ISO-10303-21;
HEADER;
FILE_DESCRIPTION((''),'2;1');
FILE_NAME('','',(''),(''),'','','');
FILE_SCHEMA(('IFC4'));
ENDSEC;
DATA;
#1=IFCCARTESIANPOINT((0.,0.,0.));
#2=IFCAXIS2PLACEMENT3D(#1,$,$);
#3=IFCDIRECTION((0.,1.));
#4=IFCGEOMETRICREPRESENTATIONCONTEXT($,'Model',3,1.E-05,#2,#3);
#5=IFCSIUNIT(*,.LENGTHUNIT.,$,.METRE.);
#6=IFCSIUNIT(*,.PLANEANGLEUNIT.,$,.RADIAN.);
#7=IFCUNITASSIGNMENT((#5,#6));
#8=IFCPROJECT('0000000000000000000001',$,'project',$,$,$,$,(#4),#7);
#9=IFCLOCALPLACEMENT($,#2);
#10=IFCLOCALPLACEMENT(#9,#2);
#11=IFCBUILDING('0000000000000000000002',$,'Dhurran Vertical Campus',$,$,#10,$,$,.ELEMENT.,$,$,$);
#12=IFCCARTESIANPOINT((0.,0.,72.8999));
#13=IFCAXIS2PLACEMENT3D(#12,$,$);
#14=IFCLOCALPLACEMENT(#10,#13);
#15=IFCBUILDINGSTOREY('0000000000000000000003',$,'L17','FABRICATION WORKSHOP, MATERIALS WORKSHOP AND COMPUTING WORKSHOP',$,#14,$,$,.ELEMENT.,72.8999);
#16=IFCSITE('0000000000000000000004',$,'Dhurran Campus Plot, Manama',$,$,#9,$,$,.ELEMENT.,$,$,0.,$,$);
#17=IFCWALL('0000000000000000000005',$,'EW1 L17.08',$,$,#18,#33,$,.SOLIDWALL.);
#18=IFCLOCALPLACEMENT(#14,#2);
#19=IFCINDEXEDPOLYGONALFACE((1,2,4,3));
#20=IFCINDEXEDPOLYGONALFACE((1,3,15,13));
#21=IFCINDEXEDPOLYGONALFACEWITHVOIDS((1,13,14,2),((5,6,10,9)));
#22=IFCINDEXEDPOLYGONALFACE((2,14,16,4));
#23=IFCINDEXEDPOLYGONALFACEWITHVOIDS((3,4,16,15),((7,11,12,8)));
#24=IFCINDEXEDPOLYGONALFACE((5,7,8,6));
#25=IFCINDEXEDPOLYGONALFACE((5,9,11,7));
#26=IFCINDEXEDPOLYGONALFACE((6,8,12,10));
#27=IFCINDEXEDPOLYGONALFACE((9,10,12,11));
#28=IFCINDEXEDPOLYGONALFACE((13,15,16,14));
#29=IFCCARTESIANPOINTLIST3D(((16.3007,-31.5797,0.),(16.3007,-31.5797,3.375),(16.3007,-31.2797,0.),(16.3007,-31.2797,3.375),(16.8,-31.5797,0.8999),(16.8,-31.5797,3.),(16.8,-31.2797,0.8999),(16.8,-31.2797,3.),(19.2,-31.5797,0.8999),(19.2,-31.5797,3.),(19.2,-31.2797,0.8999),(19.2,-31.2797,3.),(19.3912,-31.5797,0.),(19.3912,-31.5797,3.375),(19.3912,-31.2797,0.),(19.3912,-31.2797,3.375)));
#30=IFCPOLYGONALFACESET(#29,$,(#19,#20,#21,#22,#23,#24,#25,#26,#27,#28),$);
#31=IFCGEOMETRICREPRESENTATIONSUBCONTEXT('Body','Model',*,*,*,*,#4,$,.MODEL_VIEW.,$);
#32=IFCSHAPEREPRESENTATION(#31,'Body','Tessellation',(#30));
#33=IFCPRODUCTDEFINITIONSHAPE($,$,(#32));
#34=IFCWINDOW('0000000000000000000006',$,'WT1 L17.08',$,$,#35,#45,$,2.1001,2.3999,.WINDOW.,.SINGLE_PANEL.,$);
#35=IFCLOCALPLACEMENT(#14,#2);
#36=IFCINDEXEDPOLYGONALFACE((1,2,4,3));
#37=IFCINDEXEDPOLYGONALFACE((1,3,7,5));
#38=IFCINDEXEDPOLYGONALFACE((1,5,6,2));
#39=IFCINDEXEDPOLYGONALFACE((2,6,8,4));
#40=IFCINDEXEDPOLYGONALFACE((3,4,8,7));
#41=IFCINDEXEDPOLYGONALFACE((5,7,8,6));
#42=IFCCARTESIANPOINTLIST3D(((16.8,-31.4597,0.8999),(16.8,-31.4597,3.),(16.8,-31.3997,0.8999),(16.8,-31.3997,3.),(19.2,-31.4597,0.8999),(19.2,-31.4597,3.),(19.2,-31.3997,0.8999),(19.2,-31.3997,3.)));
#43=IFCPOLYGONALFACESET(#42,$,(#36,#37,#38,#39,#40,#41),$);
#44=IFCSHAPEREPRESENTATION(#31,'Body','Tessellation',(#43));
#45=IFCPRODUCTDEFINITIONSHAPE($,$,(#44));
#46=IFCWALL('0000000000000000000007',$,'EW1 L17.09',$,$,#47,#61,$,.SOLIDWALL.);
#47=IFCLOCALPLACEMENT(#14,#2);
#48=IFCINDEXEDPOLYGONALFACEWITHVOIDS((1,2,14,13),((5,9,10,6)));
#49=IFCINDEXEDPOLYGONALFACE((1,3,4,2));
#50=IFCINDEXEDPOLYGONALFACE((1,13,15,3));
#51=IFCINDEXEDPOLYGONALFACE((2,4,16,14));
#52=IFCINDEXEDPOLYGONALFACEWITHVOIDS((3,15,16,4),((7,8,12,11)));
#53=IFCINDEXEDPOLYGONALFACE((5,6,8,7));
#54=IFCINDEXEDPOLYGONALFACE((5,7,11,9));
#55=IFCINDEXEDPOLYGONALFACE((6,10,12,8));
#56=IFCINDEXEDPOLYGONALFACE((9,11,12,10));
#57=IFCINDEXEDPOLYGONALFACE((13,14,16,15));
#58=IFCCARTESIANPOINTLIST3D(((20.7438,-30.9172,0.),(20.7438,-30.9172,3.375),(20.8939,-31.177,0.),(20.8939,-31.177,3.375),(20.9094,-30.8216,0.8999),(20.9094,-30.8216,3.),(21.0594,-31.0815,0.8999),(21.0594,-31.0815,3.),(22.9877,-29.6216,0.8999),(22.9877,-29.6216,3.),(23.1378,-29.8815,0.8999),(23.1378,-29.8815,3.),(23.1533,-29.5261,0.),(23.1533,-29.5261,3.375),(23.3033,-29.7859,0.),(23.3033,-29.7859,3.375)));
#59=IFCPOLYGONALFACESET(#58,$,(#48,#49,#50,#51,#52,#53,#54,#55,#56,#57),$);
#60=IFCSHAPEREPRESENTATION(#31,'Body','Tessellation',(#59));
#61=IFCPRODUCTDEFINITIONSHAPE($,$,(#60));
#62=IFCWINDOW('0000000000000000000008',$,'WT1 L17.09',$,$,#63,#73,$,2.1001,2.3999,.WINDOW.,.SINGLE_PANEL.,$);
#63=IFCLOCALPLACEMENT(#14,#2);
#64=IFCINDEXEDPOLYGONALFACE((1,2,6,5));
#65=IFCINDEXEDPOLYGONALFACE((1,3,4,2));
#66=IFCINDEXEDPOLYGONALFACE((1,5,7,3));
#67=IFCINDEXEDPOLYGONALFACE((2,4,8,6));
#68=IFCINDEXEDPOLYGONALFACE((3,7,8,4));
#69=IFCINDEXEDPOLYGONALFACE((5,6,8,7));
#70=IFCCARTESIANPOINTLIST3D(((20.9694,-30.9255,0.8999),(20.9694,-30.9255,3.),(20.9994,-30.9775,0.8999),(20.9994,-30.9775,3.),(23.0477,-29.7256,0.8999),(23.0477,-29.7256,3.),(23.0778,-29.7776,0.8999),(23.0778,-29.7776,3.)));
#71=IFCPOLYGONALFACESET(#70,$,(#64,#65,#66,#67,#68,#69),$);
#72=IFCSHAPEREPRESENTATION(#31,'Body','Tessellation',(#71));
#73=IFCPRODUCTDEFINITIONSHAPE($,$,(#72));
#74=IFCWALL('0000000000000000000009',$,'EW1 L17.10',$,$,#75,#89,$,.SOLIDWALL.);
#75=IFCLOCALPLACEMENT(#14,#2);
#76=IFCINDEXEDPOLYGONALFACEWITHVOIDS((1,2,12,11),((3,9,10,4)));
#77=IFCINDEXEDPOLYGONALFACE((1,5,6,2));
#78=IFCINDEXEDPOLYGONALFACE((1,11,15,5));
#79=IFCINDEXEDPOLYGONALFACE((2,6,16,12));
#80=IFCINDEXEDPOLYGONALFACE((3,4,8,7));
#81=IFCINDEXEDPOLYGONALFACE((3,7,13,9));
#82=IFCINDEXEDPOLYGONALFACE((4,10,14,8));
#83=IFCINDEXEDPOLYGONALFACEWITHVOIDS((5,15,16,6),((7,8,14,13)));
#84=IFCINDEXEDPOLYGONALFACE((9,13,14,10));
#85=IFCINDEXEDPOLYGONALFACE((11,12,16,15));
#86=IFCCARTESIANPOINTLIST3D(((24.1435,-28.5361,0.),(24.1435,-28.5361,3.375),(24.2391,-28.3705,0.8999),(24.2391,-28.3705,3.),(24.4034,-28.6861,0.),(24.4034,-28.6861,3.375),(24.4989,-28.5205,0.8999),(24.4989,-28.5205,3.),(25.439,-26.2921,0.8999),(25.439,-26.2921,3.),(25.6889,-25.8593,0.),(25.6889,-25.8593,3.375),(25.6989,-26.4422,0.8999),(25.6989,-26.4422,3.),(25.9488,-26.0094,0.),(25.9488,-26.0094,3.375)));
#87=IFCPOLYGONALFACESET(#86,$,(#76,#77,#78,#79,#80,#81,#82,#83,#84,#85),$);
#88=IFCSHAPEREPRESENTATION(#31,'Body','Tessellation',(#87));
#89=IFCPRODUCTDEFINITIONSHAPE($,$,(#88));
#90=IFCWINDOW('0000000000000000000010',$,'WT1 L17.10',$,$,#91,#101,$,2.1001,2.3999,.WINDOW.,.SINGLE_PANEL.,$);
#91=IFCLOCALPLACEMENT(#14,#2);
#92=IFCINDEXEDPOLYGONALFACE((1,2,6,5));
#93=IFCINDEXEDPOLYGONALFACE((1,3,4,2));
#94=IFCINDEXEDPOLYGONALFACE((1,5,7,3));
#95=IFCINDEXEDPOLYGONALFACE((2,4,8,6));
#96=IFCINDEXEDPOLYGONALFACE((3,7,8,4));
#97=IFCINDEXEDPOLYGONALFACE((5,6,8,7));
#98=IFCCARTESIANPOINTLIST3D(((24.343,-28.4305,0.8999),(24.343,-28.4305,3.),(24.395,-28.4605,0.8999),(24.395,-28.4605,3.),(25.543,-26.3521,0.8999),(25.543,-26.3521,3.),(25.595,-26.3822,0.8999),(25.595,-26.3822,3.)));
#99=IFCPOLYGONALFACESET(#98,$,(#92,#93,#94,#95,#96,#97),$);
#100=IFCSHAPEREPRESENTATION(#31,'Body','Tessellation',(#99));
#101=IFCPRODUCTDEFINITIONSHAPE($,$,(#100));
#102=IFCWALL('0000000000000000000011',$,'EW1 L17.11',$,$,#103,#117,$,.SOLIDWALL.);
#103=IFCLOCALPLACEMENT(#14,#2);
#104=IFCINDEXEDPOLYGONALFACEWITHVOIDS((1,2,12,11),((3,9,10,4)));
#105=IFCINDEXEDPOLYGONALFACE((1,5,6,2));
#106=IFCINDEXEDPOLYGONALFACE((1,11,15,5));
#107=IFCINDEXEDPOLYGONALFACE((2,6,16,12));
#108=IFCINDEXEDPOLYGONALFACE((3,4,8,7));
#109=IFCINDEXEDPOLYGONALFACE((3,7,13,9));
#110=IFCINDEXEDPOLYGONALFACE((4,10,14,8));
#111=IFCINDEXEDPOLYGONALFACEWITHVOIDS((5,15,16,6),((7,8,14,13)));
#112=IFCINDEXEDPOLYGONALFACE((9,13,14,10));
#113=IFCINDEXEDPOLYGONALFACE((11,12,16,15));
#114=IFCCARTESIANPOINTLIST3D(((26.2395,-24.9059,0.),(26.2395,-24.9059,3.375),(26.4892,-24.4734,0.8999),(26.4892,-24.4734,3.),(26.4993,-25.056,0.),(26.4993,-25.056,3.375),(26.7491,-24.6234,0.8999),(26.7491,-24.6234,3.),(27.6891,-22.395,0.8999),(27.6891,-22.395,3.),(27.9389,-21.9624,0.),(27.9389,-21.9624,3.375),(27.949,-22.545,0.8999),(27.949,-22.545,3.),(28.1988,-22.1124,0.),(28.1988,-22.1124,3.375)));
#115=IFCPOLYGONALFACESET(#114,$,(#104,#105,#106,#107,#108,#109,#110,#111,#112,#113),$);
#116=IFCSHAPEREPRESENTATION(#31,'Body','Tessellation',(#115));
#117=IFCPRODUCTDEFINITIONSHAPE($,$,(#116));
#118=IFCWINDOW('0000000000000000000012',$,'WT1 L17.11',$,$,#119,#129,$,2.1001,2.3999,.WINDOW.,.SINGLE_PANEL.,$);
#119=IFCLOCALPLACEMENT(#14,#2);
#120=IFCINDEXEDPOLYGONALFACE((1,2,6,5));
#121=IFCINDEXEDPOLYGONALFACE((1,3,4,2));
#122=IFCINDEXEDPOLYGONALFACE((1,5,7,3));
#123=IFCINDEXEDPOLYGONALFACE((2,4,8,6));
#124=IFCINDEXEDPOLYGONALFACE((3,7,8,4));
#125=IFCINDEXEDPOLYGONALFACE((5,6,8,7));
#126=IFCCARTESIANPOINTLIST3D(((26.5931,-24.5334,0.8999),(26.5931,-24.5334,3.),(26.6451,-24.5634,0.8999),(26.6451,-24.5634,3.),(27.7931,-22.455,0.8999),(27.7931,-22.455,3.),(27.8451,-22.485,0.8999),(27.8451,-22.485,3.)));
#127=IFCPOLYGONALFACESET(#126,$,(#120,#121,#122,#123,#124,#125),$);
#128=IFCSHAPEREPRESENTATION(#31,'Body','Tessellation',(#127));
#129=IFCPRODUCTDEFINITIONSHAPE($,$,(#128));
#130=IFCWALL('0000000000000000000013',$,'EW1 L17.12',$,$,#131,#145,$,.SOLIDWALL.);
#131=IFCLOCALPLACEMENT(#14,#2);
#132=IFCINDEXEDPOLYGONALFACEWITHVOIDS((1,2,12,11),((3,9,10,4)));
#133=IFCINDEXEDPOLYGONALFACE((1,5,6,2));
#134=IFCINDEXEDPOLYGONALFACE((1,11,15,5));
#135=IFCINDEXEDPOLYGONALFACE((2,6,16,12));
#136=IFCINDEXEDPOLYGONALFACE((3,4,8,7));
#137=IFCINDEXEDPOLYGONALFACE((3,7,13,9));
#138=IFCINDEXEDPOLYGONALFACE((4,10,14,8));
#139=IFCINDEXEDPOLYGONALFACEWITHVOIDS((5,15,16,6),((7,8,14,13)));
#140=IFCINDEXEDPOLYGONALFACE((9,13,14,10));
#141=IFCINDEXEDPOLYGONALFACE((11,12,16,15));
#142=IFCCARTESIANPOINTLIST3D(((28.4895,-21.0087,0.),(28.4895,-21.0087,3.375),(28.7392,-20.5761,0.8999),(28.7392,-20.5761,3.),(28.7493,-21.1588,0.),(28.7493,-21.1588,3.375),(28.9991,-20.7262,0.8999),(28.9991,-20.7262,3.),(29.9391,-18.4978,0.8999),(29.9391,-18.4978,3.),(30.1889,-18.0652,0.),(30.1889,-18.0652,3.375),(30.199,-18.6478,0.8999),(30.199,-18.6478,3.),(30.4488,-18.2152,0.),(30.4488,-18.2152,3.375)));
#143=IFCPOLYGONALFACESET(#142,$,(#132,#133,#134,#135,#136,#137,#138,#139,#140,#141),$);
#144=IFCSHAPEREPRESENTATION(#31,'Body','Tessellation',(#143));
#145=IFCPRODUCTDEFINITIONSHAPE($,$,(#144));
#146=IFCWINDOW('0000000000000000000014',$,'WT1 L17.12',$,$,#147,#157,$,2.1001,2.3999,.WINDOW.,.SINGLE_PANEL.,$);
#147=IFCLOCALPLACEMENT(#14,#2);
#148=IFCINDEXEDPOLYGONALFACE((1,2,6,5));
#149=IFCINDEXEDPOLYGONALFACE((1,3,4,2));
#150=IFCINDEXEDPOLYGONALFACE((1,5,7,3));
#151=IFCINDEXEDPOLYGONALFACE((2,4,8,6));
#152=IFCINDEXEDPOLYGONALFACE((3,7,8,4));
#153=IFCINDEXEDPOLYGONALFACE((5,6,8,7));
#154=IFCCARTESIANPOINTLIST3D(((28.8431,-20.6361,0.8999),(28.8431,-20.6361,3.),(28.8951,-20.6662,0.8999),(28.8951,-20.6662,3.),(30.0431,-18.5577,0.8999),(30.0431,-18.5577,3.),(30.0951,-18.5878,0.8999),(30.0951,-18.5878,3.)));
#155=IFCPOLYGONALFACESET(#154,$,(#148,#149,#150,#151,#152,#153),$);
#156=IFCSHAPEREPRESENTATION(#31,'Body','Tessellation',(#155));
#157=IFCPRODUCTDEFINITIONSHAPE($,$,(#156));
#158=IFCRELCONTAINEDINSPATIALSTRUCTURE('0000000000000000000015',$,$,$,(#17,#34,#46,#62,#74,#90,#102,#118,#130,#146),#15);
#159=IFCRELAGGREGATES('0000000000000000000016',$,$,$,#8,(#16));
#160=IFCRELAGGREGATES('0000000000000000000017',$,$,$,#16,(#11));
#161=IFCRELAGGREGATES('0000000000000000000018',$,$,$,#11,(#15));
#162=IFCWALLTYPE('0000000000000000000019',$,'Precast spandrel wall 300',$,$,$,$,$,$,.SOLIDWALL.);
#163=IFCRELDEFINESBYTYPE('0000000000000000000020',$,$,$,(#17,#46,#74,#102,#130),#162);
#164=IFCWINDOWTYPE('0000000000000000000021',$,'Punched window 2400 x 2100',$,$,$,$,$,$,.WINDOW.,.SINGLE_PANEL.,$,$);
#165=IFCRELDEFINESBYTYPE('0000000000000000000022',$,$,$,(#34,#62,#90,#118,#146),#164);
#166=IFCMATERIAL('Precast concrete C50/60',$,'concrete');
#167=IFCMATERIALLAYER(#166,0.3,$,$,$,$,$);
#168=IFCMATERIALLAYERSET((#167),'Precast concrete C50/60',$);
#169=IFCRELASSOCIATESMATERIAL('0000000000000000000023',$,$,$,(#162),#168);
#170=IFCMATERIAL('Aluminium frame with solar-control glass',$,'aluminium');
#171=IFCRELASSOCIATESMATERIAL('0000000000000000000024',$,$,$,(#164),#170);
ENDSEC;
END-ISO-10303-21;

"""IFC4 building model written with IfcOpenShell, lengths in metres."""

from ifc_helpers import new_model, si_unit, direction, frame, frame_2d, origin, place, context, subcontext, project, spatial, rectangle, extrude, material, layer, layer_set, type_object, element, fill, save


model = new_model("IFC4")

# Units and contexts
model_context = context("Model", 3, precision=1e-05, world=origin(), true_north=direction((0.0, 1.0)))
body_context = subcontext(model_context, "Body", "Model", "MODEL_VIEW")
ifc_project = project(units=[si_unit("LENGTHUNIT", "METRE"), si_unit("PLANEANGLEUNIT", "RADIAN")], contexts=[model_context])

# Site, building, storey
site_placement = place(None, origin())
site = spatial("IfcSite", under=ifc_project, at=site_placement, Name="Dhurran Campus Plot, Manama", CompositionType="ELEMENT", RefElevation=0.0)
building_placement = place(site_placement, origin())
building = spatial("IfcBuilding", under=site, at=building_placement, Name="Dhurran Vertical Campus", CompositionType="ELEMENT")
storey_placement = place(building_placement, frame((0.0, 0.0, 72.8999)))
storey = spatial("IfcBuildingStorey", under=building, at=storey_placement, Name="L17", Description="FABRICATION WORKSHOP, MATERIALS WORKSHOP AND COMPUTING WORKSHOP", CompositionType="ELEMENT", Elevation=72.8999)

# Walls, openings, windows
ifc_material_1 = material(Name="Precast concrete C50/60", Category="concrete")
ifc_layer_1 = layer(ifc_material_1, 0.3)
ifc_layer_set_1 = layer_set([ifc_layer_1], Name="Precast concrete C50/60")
wall_type_1 = type_object("IfcWallType", Name="Precast spandrel wall 300", PredefinedType="SOLIDWALL", material=ifc_layer_set_1)
wall_1_placement = place(storey_placement, frame((16.3005, -31.4297, 0.0), z_axis=(0.0, 0.0, 1.0), x_axis=(1.0, 0.0, 0.0)))
wall_1 = element("IfcWall", 1, at=wall_1_placement, inside=storey, type_object=wall_type_1, Name="EW1 L17.08", PredefinedType="SOLIDWALL", context=body_context, shape_type="SweptSolid", body=[
    extrude(rectangle(XDim=3.0906, YDim=0.3, at=frame_2d((1.5454, 0.0))), origin(), (0.0, 0.0, 1.0), 3.375),
])
opening_1_placement = place(wall_1_placement, frame((0.4995, 0.0, 0.8999)))
opening_1 = element("IfcOpeningElement", 2, at=opening_1_placement, cuts=wall_1, PredefinedType="OPENING", context=body_context, shape_type="SweptSolid", body=[
    extrude(rectangle(XDim=2.3999, YDim=2.1001, at=frame_2d((1.2, 1.05))), frame((0.0, 0.1599, 0.0), z_axis=(0.0, -1.0, 0.0), x_axis=(1.0, 0.0, 0.0)), (0.0, 0.0, 1.0), 0.3201),
])
ifc_material_2 = material(Name="Aluminium frame with solar-control glass", Category="aluminium")
window_type = type_object("IfcWindowType", Name="Punched window 2400 x 2100", PartitioningType="SINGLE_PANEL", PredefinedType="WINDOW", material=ifc_material_2)
window_1_placement = place(opening_1_placement, origin())
window_1 = element("IfcWindow", 3, at=window_1_placement, inside=storey, type_object=window_type, Name="WT1 L17.08", OverallHeight=2.1001, OverallWidth=2.3999, PartitioningType="SINGLE_PANEL", PredefinedType="WINDOW", context=body_context, shape_type="SweptSolid", body=[
    extrude(rectangle(XDim=2.3999, YDim=2.1001, at=frame_2d((1.2, 1.05))), frame((0.0, 0.03, 0.0), z_axis=(0.0, -1.0, 0.0), x_axis=(1.0, 0.0, 0.0)), (0.0, 0.0, 1.0), 0.0601),
])
fill(opening_1, window_1)
wall_2_placement = place(storey_placement, frame((20.8188, -31.0471, 0.0), z_axis=(0.0, 0.0, 1.0), x_axis=(0.86602, 0.500009, 0.0)))
wall_2 = element("IfcWall", 4, at=wall_2_placement, inside=storey, type_object=wall_type_1, Name="EW1 L17.09", PredefinedType="SOLIDWALL", context=body_context, shape_type="SweptSolid", body=[
    extrude(rectangle(XDim=2.7822, YDim=0.3, at=frame_2d((1.3911, 0.0))), origin(), (0.0, 0.0, 1.0), 3.375),
])
opening_2_placement = place(wall_2_placement, frame((0.1912, 0.0, 0.8999)))
opening_2 = element("IfcOpeningElement", 5, at=opening_2_placement, cuts=wall_2, PredefinedType="OPENING", context=body_context, shape_type="SweptSolid", body=[
    extrude(rectangle(XDim=2.3999, YDim=2.1001, at=frame_2d((1.2, 1.05))), frame((0.0, 0.1599, 0.0), z_axis=(0.0, -1.0, 0.0), x_axis=(1.0, 0.0, 0.0)), (0.0, 0.0, 1.0), 0.3201),
])
window_2_placement = place(opening_2_placement, origin())
window_2 = element("IfcWindow", 6, at=window_2_placement, inside=storey, type_object=window_type, Name="WT1 L17.09", OverallHeight=2.1001, OverallWidth=2.3999, PartitioningType="SINGLE_PANEL", PredefinedType="WINDOW", context=body_context, shape_type="SweptSolid", body=[
    extrude(rectangle(XDim=2.3999, YDim=2.1001, at=frame_2d((1.2, 1.05))), frame((0.0, 0.03, 0.0), z_axis=(0.0, -1.0, 0.0), x_axis=(1.0, 0.0, 0.0)), (0.0, 0.0, 1.0), 0.0601),
])
fill(opening_2, window_2)
wall_3_placement = place(storey_placement, frame((24.2734, -28.6111, 0.0), z_axis=(0.0, 0.0, 1.0), x_axis=(0.499996, 0.866028, 0.0)))
wall_3 = element("IfcWall", 7, at=wall_3_placement, inside=storey, type_object=wall_type_1, Name="EW1 L17.10", PredefinedType="SOLIDWALL", context=body_context, shape_type="SweptSolid", body=[
    extrude(rectangle(XDim=3.0908, YDim=0.3, at=frame_2d((1.5454, 0.0))), origin(), (0.0, 0.0, 1.0), 3.375),
])
opening_3_placement = place(wall_3_placement, frame((0.1912, 0.0, 0.8999)))
opening_3 = element("IfcOpeningElement", 8, at=opening_3_placement, cuts=wall_3, PredefinedType="OPENING", context=body_context, shape_type="SweptSolid", body=[
    extrude(rectangle(XDim=2.3999, YDim=2.1001, at=frame_2d((1.2, 1.05))), frame((0.0, 0.1599, 0.0), z_axis=(0.0, -1.0, 0.0), x_axis=(1.0, 0.0, 0.0)), (0.0, 0.0, 1.0), 0.3201),
])
window_3_placement = place(opening_3_placement, origin())
window_3 = element("IfcWindow", 9, at=window_3_placement, inside=storey, type_object=window_type, Name="WT1 L17.10", OverallHeight=2.1001, OverallWidth=2.3999, PartitioningType="SINGLE_PANEL", PredefinedType="WINDOW", context=body_context, shape_type="SweptSolid", body=[
    extrude(rectangle(XDim=2.3999, YDim=2.1001, at=frame_2d((1.2, 1.05))), frame((0.0, 0.03, 0.0), z_axis=(0.0, -1.0, 0.0), x_axis=(1.0, 0.0, 0.0)), (0.0, 0.0, 1.0), 0.0601),
])
fill(opening_3, window_3)
wall_4_placement = place(storey_placement, frame((26.3694, -24.981, 0.0), z_axis=(0.0, 0.0, 1.0), x_axis=(0.499994, 0.866029, 0.0)))
wall_4 = element("IfcWall", 10, at=wall_4_placement, inside=storey, type_object=wall_type_1, Name="EW1 L17.11", PredefinedType="SOLIDWALL", context=body_context, shape_type="SweptSolid", body=[
    extrude(rectangle(XDim=3.3989, YDim=0.3, at=frame_2d((1.6995, 0.0))), origin(), (0.0, 0.0, 1.0), 3.375),
])
opening_4_placement = place(wall_4_placement, frame((0.4995, 0.0, 0.8999)))
opening_4 = element("IfcOpeningElement", 11, at=opening_4_placement, cuts=wall_4, PredefinedType="OPENING", context=body_context, shape_type="SweptSolid", body=[
    extrude(rectangle(XDim=2.3999, YDim=2.1001, at=frame_2d((1.2, 1.05))), frame((0.0, 0.1599, 0.0), z_axis=(0.0, -1.0, 0.0), x_axis=(1.0, 0.0, 0.0)), (0.0, 0.0, 1.0), 0.3201),
])
window_4_placement = place(opening_4_placement, origin())
window_4 = element("IfcWindow", 12, at=window_4_placement, inside=storey, type_object=window_type, Name="WT1 L17.11", OverallHeight=2.1001, OverallWidth=2.3999, PartitioningType="SINGLE_PANEL", PredefinedType="WINDOW", context=body_context, shape_type="SweptSolid", body=[
    extrude(rectangle(XDim=2.3999, YDim=2.1001, at=frame_2d((1.2, 1.05))), frame((0.0, 0.03, 0.0), z_axis=(0.0, -1.0, 0.0), x_axis=(1.0, 0.0, 0.0)), (0.0, 0.0, 1.0), 0.0601),
])
fill(opening_4, window_4)
wall_5_placement = place(storey_placement, frame((28.6194, -21.0837, 0.0), z_axis=(0.0, 0.0, 1.0), x_axis=(0.499994, 0.866029, 0.0)))
wall_5 = element("IfcWall", 13, at=wall_5_placement, inside=storey, type_object=wall_type_1, Name="EW1 L17.12", PredefinedType="SOLIDWALL", context=body_context, shape_type="SweptSolid", body=[
    extrude(rectangle(XDim=3.3989, YDim=0.3, at=frame_2d((1.6995, 0.0))), origin(), (0.0, 0.0, 1.0), 3.375),
])
opening_5_placement = place(wall_5_placement, frame((0.4995, 0.0, 0.8999)))
opening_5 = element("IfcOpeningElement", 14, at=opening_5_placement, cuts=wall_5, PredefinedType="OPENING", context=body_context, shape_type="SweptSolid", body=[
    extrude(rectangle(XDim=2.3999, YDim=2.1001, at=frame_2d((1.2, 1.05))), frame((0.0, 0.1599, 0.0), z_axis=(0.0, -1.0, 0.0), x_axis=(1.0, 0.0, 0.0)), (0.0, 0.0, 1.0), 0.3201),
])
window_5_placement = place(opening_5_placement, origin())
window_5 = element("IfcWindow", 15, at=window_5_placement, inside=storey, type_object=window_type, Name="WT1 L17.12", OverallHeight=2.1001, OverallWidth=2.3999, PartitioningType="SINGLE_PANEL", PredefinedType="WINDOW", context=body_context, shape_type="SweptSolid", body=[
    extrude(rectangle(XDim=2.3999, YDim=2.1001, at=frame_2d((1.2, 1.05))), frame((0.0, 0.03, 0.0), z_axis=(0.0, -1.0, 0.0), x_axis=(1.0, 0.0, 0.0)), (0.0, 0.0, 1.0), 0.0601),
])
fill(opening_5, window_5)

save(model, "model.ifc")
